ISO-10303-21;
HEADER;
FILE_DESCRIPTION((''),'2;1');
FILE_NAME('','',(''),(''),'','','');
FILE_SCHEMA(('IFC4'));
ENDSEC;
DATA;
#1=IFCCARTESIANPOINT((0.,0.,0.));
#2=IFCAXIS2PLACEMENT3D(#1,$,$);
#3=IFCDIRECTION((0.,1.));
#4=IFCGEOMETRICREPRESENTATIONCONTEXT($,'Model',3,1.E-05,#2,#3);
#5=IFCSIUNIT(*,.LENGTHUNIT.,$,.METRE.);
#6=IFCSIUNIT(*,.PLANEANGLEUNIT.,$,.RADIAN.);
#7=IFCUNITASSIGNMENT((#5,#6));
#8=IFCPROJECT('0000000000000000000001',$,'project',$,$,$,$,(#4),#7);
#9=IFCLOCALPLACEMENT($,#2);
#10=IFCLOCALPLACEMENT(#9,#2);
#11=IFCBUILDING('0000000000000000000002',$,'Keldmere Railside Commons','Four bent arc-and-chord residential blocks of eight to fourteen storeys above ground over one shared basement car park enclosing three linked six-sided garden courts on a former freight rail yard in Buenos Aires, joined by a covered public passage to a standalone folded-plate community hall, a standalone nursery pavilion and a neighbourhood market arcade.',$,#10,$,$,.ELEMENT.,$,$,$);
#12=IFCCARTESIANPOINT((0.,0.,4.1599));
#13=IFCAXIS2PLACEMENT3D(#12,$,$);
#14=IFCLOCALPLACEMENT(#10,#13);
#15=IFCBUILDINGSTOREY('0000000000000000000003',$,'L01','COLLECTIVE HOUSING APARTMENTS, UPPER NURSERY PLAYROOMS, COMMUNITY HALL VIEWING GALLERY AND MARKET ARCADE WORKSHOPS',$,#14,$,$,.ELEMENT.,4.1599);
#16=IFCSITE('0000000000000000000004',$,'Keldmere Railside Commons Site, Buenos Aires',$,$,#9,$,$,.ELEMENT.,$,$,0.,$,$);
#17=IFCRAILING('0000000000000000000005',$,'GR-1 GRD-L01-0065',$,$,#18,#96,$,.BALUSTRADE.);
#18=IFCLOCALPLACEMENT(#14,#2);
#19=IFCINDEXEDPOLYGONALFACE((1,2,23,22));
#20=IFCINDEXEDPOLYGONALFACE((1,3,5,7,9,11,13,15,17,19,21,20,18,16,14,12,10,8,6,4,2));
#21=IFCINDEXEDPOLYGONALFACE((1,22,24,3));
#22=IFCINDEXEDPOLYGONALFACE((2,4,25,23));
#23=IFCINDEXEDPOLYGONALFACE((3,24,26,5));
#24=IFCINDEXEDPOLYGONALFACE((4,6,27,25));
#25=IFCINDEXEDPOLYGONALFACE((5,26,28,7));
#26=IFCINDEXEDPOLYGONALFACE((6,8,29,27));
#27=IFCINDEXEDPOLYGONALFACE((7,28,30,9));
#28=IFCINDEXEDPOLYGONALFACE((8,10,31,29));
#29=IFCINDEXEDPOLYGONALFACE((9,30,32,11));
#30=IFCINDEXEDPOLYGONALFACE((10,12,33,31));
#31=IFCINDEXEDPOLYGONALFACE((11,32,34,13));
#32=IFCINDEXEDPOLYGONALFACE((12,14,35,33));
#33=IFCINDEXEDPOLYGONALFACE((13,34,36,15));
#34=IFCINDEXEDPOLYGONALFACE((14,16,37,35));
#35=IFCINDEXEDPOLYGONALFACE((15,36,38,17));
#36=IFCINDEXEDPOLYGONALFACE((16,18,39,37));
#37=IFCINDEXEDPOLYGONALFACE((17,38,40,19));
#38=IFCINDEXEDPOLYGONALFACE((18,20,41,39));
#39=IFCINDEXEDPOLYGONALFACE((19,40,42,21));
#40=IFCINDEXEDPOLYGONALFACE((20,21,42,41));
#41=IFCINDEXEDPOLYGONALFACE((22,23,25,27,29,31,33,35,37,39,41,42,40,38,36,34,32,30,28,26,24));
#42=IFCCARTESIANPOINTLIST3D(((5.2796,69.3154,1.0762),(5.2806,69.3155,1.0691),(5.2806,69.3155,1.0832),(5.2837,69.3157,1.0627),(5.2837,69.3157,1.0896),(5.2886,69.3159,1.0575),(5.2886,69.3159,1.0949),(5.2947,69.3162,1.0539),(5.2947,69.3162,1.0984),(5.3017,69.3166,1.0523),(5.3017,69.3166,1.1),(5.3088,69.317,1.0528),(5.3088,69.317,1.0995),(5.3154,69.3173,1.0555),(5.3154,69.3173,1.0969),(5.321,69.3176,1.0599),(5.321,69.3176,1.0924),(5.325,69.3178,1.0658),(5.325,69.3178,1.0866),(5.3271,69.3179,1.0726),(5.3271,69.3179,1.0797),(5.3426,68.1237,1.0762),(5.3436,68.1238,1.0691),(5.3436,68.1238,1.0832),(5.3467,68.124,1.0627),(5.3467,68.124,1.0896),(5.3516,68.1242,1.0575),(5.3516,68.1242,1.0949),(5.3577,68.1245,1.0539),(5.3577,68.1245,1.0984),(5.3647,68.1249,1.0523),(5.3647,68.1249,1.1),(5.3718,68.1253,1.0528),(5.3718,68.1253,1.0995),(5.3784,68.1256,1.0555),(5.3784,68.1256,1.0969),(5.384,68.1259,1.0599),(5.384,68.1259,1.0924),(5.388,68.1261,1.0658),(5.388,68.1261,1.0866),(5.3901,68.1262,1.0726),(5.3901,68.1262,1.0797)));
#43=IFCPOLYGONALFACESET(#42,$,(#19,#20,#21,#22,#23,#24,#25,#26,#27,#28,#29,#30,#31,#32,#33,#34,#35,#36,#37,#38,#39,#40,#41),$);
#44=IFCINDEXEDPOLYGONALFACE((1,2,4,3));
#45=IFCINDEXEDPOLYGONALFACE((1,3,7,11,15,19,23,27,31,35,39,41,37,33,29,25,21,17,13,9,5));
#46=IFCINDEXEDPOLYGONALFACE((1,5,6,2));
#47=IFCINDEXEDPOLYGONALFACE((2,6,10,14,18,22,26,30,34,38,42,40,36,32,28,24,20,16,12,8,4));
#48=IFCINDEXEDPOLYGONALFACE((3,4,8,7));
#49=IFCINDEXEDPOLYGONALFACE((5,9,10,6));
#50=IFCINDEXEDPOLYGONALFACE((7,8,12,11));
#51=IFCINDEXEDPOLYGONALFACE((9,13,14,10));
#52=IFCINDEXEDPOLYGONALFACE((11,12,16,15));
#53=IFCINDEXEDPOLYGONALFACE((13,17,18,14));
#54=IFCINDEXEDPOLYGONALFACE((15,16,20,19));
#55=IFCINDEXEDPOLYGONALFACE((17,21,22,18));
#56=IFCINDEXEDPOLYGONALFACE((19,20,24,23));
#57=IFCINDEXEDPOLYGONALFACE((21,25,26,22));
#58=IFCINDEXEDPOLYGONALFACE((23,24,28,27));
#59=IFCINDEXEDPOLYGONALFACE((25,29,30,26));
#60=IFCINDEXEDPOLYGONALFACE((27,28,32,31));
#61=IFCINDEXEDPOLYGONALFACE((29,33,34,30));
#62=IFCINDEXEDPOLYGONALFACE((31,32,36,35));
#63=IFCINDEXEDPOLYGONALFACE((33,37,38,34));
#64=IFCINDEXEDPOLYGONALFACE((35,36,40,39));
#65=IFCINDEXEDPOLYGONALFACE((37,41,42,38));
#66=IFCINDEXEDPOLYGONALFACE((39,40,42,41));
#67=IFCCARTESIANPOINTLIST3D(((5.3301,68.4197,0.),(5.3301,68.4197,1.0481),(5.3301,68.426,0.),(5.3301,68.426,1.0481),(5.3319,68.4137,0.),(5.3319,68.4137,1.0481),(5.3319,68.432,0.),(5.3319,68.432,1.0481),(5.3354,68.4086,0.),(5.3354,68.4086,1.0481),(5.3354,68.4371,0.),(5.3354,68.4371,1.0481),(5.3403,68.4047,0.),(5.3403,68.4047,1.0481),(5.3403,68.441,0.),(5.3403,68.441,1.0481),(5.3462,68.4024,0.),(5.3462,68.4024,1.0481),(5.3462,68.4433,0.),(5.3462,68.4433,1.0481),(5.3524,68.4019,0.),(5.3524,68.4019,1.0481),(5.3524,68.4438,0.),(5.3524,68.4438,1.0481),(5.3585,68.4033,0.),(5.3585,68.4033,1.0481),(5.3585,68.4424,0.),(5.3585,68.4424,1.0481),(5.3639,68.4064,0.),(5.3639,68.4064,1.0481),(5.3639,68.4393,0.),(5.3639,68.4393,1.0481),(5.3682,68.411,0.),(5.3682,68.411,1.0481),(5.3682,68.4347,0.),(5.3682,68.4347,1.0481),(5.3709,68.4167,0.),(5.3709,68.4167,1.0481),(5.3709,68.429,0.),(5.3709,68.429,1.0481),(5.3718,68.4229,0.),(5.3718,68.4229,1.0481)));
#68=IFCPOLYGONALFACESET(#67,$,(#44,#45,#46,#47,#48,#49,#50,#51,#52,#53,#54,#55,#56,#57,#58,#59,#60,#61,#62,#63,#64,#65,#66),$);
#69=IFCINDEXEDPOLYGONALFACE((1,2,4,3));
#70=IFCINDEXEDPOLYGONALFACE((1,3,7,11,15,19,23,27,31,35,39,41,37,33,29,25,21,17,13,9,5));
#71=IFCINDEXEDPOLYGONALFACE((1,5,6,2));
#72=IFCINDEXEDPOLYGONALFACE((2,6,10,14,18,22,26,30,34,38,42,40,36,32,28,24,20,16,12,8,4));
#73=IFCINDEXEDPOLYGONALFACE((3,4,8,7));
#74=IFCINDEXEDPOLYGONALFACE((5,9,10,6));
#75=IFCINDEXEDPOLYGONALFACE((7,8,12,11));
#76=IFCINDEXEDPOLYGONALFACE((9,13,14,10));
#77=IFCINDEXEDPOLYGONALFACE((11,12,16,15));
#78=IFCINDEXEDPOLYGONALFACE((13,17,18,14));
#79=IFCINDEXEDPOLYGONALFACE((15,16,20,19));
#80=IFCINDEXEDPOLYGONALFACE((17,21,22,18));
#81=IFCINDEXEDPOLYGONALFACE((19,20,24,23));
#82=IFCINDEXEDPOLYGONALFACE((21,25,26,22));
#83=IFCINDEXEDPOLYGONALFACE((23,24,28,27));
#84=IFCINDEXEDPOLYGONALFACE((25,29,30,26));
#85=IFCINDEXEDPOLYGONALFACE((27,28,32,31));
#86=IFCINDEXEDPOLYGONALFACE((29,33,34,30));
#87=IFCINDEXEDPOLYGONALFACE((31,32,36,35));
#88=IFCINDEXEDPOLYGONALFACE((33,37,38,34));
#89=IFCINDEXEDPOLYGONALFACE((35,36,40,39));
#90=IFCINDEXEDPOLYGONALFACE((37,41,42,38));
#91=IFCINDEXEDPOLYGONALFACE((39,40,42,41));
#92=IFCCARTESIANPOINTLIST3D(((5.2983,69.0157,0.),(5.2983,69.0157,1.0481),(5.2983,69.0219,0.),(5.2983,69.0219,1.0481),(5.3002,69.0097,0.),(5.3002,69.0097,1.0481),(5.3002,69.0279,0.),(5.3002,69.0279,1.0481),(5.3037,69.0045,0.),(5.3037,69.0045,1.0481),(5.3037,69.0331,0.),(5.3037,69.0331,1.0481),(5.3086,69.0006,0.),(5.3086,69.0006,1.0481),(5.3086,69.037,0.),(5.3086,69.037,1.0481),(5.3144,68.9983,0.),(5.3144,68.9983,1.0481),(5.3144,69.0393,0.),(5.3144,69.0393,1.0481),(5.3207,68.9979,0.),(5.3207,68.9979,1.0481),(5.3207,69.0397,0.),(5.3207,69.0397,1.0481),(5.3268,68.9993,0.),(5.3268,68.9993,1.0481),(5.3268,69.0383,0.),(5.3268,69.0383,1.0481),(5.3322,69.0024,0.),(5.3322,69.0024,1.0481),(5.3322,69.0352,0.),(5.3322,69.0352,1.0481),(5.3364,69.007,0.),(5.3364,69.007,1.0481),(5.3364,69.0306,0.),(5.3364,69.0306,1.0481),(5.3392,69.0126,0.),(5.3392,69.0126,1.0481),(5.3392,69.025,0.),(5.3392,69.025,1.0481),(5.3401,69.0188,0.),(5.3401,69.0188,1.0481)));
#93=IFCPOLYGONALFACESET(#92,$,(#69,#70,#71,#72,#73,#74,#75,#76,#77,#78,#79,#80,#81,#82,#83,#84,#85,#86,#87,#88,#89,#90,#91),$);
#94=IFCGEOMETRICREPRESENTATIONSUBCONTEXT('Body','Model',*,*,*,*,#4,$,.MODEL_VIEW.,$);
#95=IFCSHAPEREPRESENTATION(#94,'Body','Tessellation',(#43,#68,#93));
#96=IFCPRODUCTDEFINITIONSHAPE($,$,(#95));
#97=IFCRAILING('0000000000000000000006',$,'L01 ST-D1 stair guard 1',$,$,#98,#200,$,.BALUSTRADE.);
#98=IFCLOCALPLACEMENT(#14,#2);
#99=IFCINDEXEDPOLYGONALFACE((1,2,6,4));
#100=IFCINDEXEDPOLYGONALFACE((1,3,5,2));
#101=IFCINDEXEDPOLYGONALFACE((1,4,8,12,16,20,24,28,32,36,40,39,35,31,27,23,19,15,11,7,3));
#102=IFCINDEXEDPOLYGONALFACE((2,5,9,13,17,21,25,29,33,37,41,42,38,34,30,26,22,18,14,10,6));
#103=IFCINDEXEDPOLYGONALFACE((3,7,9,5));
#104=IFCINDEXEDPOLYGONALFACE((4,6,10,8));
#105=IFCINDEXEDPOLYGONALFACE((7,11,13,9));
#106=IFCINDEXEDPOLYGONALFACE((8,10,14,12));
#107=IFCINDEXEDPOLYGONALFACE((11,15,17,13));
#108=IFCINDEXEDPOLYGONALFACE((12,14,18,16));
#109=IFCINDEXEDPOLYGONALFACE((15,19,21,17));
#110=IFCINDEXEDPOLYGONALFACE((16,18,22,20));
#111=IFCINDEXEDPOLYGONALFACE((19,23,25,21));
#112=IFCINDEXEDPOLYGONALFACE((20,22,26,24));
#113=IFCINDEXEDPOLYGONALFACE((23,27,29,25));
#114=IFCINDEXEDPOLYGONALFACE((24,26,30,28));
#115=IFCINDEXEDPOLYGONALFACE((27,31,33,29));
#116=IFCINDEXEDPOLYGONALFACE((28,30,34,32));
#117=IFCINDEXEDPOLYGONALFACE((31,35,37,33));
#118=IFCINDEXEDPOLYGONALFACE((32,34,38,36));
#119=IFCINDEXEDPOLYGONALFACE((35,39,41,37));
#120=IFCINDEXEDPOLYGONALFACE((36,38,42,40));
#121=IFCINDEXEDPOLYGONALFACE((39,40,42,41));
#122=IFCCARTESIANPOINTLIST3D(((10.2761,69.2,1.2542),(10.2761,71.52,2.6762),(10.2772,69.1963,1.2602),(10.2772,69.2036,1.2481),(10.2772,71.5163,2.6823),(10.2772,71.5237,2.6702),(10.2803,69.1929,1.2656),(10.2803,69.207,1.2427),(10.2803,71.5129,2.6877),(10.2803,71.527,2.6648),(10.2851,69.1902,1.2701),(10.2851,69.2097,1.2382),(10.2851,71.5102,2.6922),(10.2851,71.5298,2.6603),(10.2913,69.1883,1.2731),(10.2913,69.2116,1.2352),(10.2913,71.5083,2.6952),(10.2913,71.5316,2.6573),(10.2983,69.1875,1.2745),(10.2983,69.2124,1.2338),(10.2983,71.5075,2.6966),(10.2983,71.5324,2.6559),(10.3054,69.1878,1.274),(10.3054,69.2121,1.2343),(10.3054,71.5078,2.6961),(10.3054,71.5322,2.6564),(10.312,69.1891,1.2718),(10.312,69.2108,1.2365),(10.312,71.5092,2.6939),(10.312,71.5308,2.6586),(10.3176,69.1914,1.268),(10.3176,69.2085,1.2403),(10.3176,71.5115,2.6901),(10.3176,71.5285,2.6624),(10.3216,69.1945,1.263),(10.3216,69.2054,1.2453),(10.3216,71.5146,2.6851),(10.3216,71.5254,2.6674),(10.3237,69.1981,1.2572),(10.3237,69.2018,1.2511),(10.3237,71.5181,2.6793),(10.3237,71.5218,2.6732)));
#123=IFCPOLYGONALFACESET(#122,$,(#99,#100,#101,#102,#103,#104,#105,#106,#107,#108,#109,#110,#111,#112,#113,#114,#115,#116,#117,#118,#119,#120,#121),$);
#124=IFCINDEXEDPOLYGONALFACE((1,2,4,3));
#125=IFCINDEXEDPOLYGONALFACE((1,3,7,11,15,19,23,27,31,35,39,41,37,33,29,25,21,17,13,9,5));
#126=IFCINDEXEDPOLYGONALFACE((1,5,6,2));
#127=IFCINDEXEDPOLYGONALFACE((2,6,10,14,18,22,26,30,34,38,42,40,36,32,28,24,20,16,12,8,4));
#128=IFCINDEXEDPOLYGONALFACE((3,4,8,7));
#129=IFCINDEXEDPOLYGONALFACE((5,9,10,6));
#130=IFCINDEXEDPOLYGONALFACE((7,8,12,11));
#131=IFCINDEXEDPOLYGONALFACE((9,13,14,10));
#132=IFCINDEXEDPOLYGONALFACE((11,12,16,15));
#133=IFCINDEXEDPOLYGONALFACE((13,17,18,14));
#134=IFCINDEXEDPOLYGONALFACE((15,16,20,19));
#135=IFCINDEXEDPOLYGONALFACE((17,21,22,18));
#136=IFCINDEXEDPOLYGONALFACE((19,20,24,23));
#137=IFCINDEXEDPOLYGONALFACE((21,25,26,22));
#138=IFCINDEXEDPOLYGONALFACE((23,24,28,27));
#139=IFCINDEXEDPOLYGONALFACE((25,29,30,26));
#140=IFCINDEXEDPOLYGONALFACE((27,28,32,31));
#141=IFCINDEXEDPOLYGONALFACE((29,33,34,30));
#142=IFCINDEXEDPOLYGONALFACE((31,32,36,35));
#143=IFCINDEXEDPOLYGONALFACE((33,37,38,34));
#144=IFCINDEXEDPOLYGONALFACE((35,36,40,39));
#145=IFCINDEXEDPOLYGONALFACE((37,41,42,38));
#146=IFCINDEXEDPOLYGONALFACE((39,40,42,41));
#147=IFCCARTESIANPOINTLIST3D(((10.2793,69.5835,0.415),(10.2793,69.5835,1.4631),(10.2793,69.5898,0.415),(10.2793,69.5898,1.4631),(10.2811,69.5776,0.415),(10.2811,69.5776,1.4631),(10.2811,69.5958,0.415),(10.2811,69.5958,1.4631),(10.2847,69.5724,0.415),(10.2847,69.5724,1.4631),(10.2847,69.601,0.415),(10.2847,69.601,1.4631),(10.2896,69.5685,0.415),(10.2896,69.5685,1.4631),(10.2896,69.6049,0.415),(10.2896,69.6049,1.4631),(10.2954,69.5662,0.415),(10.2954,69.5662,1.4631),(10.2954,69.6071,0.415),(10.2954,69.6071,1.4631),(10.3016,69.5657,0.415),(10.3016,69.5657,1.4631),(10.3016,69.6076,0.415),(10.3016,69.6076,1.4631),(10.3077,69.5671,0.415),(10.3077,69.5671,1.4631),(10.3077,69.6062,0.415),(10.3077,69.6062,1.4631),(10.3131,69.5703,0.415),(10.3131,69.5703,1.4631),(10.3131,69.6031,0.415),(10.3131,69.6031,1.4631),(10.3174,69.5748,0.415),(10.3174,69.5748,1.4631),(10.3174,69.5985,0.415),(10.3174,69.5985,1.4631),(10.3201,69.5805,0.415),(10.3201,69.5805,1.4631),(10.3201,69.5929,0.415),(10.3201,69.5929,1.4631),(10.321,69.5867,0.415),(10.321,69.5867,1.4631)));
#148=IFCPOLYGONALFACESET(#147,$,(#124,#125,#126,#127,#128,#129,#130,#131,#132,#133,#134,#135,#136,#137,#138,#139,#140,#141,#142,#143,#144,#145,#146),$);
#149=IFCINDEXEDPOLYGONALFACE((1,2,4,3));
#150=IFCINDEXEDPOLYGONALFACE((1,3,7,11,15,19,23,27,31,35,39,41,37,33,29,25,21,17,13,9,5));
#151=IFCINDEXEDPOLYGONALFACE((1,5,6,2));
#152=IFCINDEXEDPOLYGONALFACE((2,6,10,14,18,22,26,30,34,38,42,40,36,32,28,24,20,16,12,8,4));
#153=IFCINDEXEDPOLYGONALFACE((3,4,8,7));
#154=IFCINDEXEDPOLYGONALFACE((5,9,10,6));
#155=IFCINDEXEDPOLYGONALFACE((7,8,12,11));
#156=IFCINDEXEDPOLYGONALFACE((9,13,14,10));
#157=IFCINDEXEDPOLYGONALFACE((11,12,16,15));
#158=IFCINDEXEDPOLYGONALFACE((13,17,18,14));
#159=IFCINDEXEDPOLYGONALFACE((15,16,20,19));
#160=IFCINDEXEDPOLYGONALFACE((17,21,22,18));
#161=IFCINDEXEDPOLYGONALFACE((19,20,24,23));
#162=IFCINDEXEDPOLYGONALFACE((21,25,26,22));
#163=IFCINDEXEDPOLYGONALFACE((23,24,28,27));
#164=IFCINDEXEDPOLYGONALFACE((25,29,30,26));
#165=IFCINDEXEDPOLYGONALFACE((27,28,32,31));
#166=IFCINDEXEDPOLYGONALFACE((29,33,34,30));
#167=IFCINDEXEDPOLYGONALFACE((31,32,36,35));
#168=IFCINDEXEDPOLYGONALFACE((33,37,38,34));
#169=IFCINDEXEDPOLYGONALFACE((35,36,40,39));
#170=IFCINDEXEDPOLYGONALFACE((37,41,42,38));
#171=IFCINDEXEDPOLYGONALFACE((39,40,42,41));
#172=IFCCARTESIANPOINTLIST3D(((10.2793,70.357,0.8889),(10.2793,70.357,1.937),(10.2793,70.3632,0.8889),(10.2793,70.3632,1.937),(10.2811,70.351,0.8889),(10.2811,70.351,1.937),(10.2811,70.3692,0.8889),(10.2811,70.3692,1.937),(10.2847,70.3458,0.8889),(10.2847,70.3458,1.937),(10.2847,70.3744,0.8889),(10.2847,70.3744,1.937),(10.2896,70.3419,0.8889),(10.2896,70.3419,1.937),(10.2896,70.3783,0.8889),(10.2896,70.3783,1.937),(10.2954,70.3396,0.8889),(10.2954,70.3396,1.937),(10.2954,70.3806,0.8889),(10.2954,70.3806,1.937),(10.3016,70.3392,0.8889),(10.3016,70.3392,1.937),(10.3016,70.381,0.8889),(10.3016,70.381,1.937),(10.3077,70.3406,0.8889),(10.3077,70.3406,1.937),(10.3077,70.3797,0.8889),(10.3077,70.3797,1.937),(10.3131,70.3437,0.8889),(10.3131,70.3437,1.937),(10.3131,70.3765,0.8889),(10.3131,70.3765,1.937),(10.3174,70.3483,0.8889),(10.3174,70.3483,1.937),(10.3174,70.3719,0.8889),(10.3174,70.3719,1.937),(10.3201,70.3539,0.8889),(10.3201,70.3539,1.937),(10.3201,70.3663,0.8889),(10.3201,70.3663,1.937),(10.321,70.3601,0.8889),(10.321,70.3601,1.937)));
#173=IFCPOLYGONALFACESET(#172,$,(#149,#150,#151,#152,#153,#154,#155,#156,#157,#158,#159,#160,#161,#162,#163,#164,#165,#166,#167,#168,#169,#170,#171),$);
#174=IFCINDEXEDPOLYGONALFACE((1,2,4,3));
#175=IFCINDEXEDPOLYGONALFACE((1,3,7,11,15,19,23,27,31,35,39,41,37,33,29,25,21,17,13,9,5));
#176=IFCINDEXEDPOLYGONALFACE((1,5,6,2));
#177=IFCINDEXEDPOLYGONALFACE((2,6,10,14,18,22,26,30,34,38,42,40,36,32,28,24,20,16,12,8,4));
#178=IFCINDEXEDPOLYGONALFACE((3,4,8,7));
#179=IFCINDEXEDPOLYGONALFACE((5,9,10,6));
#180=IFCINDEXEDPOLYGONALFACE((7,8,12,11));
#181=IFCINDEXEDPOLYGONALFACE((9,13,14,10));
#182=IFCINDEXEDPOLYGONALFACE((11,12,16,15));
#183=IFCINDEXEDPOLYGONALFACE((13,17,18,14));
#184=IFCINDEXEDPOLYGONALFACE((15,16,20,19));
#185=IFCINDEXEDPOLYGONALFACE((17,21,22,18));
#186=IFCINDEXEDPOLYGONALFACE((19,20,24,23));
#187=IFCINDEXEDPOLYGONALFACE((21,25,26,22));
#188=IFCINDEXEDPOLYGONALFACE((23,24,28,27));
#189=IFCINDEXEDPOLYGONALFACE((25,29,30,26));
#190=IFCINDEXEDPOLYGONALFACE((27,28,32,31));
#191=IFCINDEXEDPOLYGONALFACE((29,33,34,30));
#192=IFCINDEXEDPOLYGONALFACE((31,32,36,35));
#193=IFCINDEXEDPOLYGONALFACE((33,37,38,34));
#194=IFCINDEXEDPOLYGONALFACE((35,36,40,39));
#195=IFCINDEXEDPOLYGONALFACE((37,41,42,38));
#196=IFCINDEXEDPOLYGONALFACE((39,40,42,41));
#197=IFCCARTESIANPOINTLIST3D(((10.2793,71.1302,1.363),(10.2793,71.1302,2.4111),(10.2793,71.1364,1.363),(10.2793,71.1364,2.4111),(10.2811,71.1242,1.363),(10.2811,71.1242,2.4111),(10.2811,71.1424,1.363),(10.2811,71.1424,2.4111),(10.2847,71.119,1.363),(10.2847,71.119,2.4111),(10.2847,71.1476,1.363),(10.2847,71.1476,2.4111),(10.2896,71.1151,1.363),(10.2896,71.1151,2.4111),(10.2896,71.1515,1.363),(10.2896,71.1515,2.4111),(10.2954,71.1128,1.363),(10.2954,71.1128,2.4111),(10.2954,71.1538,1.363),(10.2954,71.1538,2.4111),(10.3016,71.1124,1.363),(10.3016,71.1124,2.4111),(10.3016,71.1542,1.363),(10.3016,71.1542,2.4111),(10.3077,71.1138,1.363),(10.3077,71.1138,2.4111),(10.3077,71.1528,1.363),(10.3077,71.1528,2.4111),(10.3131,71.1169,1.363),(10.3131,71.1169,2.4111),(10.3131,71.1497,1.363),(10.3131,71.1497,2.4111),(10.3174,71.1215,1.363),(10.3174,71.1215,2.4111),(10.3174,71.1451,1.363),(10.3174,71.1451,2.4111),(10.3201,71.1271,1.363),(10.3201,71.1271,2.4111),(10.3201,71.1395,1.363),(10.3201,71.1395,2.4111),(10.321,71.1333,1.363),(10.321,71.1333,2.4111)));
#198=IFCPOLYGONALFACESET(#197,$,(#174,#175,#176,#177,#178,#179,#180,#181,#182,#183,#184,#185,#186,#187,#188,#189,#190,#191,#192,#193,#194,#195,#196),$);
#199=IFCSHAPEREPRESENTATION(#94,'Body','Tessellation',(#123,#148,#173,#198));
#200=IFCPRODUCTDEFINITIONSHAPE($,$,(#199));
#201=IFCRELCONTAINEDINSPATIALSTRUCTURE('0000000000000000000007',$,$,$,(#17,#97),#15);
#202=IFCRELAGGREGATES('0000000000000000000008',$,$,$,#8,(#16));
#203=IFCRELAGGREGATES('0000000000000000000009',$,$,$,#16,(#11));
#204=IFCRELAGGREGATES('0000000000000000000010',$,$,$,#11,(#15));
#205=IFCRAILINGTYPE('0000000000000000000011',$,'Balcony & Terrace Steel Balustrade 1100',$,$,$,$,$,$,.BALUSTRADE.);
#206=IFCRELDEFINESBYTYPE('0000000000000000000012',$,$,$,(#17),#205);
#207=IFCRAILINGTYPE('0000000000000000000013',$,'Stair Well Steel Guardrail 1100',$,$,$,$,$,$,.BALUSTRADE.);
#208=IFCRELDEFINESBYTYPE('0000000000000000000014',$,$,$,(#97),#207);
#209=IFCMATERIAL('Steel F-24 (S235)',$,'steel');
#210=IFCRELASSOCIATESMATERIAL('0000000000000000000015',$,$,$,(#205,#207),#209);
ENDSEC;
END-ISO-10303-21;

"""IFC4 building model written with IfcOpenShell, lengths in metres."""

from ifc_helpers import new_model, si_unit, direction, frame, origin, origin_2d, place, context, subcontext, project, spatial, circle, extrude, material, type_object, element, save


model = new_model("IFC4")

# Units and contexts
model_context = context("Model", 3, precision=1e-05, world=origin(), true_north=direction((0.0, 1.0)))
body_context = subcontext(model_context, "Body", "Model", "MODEL_VIEW")
ifc_project = project(units=[si_unit("LENGTHUNIT", "METRE"), si_unit("PLANEANGLEUNIT", "RADIAN")], contexts=[model_context])

# Site, building, storey
site_placement = place(None, origin())
site = spatial("IfcSite", under=ifc_project, at=site_placement, Name="Keldmere Railside Commons Site, Buenos Aires", CompositionType="ELEMENT", RefElevation=0.0)
building_placement = place(site_placement, origin())
building = spatial("IfcBuilding", under=site, at=building_placement, Name="Keldmere Railside Commons", Description="Four bent arc-and-chord residential blocks of eight to fourteen storeys above ground over one shared basement car park enclosing three linked six-sided garden courts on a former freight rail yard in Buenos Aires, joined by a covered public passage to a standalone folded-plate community hall, a standalone nursery pavilion and a neighbourhood market arcade.", CompositionType="ELEMENT")
storey_placement = place(building_placement, frame((0.0, 0.0, 4.1599)))
storey = spatial("IfcBuildingStorey", under=building, at=storey_placement, Name="L01", Description="COLLECTIVE HOUSING APARTMENTS, UPPER NURSERY PLAYROOMS, COMMUNITY HALL VIEWING GALLERY AND MARKET ARCADE WORKSHOPS", CompositionType="ELEMENT", Elevation=4.1599)

# Railings
ifc_material_1 = material(Name="Steel F-24 (S235)", Category="steel")
railing_type_1 = type_object("IfcRailingType", Name="Balcony & Terrace Steel Balustrade 1100", PredefinedType="BALUSTRADE", material=ifc_material_1)
railing_1_placement = place(storey_placement, frame((5.3665, 68.125, 0.0)))
element("IfcRailing", 1, at=railing_1_placement, inside=storey, type_object=railing_type_1, Name="GR-1 GRD-L01-0065", PredefinedType="BALUSTRADE", context=body_context, shape_type="SweptSolid", body=[
    extrude(circle(Radius=0.0239, at=origin_2d()), frame((0.0, 0.0, 1.0762), z_axis=(-0.052784, 0.998606, 0.0), x_axis=(-0.998606, -0.052784, 0.0)), (0.0, 0.0, 1.0), 1.1934),
    extrude(circle(Radius=0.021, at=origin_2d()), frame((-0.0156, 0.2979, 0.0)), (0.0, 0.0, 1.0), 1.0481),
    extrude(circle(Radius=0.021, at=origin_2d()), frame((-0.0474, 0.8938, 0.0)), (0.0, 0.0, 1.0), 1.0481),
])
railing_type_2 = type_object("IfcRailingType", Name="Stair Well Steel Guardrail 1100", PredefinedType="BALUSTRADE", material=ifc_material_1)
railing_2_placement = place(storey_placement, frame((10.3, 69.2, 0.178)))
element("IfcRailing", 2, at=railing_2_placement, inside=storey, type_object=railing_type_2, Name="L01 ST-D1 stair guard 1", PredefinedType="BALUSTRADE", context=body_context, shape_type="SweptSolid", body=[
    extrude(circle(Radius=0.0239, at=origin_2d()), frame((0.0, 0.0, 1.0762), z_axis=(0.0, 0.852578, 0.5226), x_axis=(-1.0, 0.0, 0.0)), (0.0, 0.0, 1.0), 2.7212),
    extrude(circle(Radius=0.021, at=origin_2d()), frame((0.0, 0.3867, 0.2371)), (0.0, 0.0, 1.0), 1.0481),
    extrude(circle(Radius=0.021, at=origin_2d()), frame((0.0, 1.1602, 0.7109)), (0.0, 0.0, 1.0), 1.0481),
    extrude(circle(Radius=0.021, at=origin_2d()), frame((0.0, 1.9333, 1.1851)), (0.0, 0.0, 1.0), 1.0481),
])

save(model, "model.ifc")
